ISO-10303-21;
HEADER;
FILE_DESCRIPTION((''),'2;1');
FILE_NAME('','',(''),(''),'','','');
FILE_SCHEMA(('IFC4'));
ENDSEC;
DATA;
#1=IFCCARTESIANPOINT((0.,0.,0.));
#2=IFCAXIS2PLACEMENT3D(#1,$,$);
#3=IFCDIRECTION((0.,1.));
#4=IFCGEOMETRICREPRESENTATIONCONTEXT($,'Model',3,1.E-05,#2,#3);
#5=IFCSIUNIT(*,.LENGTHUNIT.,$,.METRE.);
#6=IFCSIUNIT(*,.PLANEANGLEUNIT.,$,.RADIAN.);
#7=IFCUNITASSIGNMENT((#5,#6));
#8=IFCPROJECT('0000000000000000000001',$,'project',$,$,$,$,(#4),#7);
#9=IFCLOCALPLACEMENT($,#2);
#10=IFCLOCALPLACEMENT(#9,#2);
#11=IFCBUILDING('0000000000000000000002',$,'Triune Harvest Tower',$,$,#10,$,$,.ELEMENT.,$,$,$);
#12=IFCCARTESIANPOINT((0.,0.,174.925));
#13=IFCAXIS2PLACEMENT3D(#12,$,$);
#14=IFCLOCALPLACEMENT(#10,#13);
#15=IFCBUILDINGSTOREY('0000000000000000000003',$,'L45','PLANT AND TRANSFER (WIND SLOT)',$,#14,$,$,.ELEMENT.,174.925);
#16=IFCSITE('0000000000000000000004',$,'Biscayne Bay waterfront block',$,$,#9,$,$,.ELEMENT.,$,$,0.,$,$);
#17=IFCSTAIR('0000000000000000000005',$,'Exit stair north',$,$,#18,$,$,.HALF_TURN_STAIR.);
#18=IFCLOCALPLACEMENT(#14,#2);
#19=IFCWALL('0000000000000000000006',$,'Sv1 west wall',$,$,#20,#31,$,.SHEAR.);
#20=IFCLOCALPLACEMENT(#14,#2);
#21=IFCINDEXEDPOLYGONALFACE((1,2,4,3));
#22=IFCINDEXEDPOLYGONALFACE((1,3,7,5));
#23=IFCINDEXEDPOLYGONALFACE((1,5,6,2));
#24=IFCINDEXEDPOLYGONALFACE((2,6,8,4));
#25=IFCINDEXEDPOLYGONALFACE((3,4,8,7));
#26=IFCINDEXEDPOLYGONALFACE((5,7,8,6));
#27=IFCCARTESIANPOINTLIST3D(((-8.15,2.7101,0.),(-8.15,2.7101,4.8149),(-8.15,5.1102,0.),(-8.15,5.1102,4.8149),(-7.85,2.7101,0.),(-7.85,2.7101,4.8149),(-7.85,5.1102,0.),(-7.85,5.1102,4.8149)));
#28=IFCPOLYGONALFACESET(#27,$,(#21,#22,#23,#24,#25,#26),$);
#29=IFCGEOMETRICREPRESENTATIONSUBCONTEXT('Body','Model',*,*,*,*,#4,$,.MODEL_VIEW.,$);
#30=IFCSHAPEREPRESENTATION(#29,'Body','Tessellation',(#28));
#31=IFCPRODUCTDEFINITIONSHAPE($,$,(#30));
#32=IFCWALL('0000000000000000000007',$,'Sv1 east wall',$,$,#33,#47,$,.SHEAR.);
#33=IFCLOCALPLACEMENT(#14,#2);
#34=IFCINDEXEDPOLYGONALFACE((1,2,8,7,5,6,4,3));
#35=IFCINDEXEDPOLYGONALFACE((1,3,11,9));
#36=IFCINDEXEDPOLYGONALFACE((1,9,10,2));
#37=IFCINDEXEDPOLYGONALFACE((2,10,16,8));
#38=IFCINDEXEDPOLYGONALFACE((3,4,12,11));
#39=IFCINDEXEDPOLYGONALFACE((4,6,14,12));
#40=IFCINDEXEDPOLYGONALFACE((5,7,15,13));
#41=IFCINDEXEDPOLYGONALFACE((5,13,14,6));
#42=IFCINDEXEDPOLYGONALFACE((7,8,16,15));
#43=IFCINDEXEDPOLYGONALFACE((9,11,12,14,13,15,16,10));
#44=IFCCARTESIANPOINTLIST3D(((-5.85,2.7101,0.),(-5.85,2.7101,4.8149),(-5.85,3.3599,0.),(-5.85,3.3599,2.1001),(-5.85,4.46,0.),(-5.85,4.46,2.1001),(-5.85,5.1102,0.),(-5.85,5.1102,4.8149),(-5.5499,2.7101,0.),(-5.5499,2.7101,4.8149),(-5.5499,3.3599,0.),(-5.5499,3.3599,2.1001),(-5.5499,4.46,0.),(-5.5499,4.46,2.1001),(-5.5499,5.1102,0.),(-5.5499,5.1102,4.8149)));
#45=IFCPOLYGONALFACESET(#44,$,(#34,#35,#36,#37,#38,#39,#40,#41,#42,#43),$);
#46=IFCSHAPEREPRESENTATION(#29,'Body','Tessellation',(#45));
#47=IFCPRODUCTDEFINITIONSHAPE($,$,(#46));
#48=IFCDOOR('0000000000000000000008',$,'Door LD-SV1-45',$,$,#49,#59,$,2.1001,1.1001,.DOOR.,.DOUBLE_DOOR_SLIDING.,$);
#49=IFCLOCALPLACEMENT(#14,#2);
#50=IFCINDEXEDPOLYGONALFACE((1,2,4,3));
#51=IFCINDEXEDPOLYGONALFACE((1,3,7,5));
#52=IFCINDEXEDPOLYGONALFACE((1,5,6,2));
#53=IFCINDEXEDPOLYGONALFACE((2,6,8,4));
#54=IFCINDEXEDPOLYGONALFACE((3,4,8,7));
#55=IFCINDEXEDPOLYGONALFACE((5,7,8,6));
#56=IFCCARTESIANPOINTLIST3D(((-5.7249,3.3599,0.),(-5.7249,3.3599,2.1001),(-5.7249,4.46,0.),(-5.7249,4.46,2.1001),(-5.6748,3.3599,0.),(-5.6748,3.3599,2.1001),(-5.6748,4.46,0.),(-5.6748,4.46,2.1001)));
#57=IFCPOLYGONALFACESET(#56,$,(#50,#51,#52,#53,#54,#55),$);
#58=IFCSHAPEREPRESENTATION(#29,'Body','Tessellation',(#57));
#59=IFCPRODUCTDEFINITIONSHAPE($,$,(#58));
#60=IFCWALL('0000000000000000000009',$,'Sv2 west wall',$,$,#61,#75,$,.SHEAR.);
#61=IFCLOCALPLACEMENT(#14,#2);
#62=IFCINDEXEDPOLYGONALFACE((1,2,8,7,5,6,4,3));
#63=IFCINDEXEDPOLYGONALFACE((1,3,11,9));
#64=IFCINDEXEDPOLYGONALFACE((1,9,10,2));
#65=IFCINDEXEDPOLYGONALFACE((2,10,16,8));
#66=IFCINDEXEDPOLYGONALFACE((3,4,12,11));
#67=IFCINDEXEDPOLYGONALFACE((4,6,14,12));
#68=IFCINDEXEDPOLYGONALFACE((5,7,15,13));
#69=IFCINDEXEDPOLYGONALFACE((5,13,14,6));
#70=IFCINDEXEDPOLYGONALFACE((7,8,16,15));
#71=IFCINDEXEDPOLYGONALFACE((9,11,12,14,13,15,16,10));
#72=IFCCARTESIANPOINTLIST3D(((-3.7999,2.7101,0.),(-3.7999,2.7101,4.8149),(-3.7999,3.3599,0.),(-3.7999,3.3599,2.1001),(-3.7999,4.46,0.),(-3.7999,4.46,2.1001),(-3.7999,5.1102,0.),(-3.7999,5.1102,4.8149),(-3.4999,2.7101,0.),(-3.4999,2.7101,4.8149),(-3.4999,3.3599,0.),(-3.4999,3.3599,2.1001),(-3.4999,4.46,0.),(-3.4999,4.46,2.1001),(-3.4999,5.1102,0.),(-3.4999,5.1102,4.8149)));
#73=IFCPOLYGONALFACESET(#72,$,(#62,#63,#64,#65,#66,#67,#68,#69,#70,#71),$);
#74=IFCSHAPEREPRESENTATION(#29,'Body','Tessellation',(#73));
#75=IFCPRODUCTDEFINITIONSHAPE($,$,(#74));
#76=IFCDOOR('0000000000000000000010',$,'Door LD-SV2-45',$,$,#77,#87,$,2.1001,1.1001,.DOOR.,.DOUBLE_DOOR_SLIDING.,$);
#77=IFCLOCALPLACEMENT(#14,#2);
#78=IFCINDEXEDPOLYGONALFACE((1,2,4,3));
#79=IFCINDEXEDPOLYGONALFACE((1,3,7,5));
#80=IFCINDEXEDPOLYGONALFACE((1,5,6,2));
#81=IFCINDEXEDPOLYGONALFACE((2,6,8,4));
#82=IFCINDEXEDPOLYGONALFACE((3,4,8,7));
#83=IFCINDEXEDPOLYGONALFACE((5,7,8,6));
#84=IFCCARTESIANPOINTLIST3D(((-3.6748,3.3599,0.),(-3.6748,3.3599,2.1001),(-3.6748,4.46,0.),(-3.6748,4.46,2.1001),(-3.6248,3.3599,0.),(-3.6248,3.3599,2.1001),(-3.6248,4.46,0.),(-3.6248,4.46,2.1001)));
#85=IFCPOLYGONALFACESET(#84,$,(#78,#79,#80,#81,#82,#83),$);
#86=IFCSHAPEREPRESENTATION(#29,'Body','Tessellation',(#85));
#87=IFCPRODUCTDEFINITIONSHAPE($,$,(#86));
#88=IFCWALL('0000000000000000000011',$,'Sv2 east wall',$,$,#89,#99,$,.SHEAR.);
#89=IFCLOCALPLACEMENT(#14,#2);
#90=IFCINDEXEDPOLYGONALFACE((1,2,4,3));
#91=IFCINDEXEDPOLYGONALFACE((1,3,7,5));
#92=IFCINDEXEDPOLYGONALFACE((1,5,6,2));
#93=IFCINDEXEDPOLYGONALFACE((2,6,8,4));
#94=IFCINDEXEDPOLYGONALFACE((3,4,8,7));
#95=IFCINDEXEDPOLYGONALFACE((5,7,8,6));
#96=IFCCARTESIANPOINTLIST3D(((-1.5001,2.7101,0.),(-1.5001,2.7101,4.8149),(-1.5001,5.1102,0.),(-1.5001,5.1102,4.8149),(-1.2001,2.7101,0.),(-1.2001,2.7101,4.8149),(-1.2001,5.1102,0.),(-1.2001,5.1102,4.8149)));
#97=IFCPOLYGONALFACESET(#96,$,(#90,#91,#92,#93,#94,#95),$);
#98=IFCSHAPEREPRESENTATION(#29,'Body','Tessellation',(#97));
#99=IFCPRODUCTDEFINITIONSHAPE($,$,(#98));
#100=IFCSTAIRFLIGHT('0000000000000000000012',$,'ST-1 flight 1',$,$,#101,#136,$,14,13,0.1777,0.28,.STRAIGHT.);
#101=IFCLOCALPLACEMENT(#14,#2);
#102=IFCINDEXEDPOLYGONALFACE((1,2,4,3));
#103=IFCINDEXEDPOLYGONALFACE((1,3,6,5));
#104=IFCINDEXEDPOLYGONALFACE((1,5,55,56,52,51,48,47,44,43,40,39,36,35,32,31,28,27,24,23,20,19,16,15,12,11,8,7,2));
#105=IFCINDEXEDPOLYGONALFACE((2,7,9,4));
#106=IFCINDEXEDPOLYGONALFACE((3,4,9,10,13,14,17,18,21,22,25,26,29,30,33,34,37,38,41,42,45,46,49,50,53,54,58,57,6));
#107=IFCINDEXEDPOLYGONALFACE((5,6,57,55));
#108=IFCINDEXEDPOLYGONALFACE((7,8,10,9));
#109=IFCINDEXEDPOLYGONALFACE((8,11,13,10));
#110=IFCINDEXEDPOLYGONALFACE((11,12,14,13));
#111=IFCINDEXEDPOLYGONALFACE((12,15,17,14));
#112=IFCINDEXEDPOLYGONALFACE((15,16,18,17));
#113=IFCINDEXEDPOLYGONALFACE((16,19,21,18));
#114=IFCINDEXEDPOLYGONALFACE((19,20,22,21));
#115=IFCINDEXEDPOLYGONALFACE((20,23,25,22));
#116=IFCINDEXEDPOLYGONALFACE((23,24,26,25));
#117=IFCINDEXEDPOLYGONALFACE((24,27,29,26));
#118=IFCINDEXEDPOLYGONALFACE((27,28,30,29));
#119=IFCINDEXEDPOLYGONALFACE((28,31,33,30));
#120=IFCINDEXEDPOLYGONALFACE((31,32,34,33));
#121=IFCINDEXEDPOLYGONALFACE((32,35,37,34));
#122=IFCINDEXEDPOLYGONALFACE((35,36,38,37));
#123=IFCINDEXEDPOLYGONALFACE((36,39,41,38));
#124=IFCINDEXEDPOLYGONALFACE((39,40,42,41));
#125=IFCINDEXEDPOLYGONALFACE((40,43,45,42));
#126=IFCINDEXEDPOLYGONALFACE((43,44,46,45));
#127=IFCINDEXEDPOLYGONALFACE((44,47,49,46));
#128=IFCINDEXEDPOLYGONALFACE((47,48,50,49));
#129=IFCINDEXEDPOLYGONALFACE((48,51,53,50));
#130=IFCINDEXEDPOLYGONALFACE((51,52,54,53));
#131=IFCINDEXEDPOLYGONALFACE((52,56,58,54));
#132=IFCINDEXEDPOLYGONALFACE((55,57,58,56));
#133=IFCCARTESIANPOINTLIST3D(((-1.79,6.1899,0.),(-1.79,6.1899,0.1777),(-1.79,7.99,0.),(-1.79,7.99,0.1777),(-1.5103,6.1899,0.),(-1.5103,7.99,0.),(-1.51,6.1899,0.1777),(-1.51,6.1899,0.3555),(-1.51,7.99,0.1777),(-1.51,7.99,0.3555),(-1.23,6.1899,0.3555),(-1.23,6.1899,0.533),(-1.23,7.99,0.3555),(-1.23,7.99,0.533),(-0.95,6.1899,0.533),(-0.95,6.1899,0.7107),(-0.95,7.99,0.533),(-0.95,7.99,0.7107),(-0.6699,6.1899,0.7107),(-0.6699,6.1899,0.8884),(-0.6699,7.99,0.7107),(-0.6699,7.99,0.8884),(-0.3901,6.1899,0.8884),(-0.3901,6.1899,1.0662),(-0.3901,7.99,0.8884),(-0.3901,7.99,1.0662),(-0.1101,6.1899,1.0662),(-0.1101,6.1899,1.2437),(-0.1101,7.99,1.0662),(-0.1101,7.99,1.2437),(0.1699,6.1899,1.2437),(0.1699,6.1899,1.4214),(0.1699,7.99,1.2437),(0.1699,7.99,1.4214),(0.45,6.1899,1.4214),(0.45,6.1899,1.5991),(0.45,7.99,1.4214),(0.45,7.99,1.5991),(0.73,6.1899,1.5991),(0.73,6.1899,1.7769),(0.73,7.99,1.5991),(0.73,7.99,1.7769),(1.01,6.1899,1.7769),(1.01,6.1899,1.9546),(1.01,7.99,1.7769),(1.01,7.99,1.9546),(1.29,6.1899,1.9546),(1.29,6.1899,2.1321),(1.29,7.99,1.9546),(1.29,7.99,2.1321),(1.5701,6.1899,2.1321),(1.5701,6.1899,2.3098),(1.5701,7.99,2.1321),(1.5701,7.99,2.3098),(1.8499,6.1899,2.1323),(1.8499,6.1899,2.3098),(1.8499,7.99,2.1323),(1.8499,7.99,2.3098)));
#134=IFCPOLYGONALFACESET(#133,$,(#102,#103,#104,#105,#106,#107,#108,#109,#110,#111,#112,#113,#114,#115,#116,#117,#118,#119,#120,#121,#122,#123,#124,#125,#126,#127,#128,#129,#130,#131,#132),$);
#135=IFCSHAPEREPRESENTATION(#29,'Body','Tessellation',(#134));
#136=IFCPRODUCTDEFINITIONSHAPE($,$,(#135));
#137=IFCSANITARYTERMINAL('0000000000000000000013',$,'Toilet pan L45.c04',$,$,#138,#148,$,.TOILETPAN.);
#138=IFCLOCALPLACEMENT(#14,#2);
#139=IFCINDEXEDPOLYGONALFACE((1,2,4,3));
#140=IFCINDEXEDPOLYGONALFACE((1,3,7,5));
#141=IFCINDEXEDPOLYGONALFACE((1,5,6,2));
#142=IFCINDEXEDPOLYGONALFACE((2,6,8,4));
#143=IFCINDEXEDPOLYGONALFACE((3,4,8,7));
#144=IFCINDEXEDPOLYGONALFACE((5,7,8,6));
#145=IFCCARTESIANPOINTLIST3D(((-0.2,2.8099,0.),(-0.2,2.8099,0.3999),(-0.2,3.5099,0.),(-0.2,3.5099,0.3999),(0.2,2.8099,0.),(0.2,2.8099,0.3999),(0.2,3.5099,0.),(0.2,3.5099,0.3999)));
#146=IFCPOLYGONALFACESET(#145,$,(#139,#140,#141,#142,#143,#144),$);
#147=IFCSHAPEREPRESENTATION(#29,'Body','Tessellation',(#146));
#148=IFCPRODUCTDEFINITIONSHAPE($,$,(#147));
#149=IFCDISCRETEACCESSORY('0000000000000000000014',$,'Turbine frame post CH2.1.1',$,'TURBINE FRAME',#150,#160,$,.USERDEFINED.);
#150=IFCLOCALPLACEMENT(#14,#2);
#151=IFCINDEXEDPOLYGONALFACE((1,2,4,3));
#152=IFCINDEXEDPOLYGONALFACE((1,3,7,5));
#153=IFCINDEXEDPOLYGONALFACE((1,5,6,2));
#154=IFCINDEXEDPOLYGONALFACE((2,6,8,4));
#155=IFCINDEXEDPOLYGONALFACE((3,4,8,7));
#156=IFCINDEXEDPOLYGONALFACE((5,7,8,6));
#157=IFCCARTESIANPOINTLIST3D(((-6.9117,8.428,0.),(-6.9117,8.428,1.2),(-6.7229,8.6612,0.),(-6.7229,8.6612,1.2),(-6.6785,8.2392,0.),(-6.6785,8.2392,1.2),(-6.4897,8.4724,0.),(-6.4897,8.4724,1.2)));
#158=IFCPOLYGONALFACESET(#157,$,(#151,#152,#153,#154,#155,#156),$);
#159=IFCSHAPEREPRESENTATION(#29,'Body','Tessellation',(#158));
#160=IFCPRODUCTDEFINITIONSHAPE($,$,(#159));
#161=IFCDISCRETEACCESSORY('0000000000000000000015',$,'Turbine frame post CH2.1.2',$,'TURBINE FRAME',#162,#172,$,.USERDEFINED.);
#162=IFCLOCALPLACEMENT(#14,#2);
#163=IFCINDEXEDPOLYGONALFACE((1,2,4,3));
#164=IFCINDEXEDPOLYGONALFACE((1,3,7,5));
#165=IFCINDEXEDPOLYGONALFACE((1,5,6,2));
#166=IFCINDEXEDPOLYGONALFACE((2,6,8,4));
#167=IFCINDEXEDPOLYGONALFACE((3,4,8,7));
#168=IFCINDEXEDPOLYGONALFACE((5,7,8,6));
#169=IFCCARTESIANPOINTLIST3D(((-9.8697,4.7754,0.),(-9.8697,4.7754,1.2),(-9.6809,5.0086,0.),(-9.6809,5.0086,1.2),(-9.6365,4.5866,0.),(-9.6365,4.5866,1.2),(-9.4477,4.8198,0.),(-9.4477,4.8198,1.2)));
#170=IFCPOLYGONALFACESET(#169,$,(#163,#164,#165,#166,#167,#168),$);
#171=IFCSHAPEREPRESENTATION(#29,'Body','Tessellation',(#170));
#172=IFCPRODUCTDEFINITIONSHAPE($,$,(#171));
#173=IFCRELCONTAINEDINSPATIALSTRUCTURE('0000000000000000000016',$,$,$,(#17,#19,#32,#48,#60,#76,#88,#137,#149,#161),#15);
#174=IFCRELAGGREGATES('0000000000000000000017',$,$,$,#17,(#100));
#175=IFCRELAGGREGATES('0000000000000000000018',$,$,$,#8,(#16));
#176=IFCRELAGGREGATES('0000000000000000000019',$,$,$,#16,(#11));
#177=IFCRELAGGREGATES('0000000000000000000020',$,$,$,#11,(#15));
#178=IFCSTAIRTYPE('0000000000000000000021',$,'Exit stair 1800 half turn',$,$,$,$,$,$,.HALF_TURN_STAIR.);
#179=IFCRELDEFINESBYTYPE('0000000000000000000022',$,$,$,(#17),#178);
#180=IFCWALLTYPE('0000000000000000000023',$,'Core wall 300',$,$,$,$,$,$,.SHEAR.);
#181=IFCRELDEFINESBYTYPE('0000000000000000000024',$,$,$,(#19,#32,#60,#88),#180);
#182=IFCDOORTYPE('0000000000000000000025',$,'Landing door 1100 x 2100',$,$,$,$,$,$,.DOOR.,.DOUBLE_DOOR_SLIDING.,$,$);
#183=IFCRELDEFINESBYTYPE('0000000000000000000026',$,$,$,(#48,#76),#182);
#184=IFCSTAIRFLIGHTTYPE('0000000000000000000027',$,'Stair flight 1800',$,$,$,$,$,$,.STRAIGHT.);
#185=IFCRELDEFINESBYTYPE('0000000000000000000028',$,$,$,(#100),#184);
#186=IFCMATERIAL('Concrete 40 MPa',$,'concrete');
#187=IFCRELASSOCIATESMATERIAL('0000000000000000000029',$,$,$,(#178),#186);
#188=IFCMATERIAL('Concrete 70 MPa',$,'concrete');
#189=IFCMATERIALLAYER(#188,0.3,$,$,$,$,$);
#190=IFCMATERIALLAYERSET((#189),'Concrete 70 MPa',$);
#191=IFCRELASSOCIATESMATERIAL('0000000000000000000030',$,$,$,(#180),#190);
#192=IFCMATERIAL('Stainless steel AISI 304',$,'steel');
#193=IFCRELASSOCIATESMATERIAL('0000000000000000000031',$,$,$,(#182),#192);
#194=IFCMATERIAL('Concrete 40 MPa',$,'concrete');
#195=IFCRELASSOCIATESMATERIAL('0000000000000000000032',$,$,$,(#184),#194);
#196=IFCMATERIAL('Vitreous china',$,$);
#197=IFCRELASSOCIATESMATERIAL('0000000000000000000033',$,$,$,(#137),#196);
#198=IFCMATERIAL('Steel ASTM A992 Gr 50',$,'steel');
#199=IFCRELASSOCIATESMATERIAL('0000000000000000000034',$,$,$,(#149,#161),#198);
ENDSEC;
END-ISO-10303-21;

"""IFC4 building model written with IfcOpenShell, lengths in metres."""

from ifc_helpers import new_model, si_unit, direction, frame, frame_2d, origin, origin_2d, place, context, subcontext, project, spatial, polyline, rectangle, outline, extrude, source, transform, mapped, material, layer, layer_set, type_object, element, fill, aggregate, save


model = new_model("IFC4")

# Units and contexts
model_context = context("Model", 3, precision=1e-05, world=origin(), true_north=direction((0.0, 1.0)))
body_context = subcontext(model_context, "Body", "Model", "MODEL_VIEW")
ifc_project = project(units=[si_unit("LENGTHUNIT", "METRE"), si_unit("PLANEANGLEUNIT", "RADIAN")], contexts=[model_context])

# Site, building, storey
site_placement = place(None, origin())
site = spatial("IfcSite", under=ifc_project, at=site_placement, Name="Biscayne Bay waterfront block", CompositionType="ELEMENT", RefElevation=0.0)
building_placement = place(site_placement, origin())
building = spatial("IfcBuilding", under=site, at=building_placement, Name="Triune Harvest Tower", CompositionType="ELEMENT")
storey_placement = place(building_placement, frame((0.0, 0.0, 174.925)))
storey = spatial("IfcBuildingStorey", under=building, at=storey_placement, Name="L45", Description="PLANT AND TRANSFER (WIND SLOT)", CompositionType="ELEMENT", Elevation=174.925)

# Stair
ifc_material_1 = material(Name="Concrete 40 MPa", Category="concrete")
stair_type = type_object("IfcStairType", Name="Exit stair 1800 half turn", PredefinedType="HALF_TURN_STAIR", material=ifc_material_1)
stair_1_placement = place(storey_placement, origin())
stair_1 = element("IfcStair", 1, at=stair_1_placement, inside=storey, type_object=stair_type, Name="Exit stair north", PredefinedType="HALF_TURN_STAIR")

# Shared definitions
ifc_material_2 = material(Name="Concrete 70 MPa", Category="concrete")
ifc_layer_1 = layer(ifc_material_2, 0.3)
ifc_layer_set_1 = layer_set([ifc_layer_1], Name="Concrete 70 MPa")
wall_type_1 = type_object("IfcWallType", Name="Core wall 300", PredefinedType="SHEAR", material=ifc_layer_set_1)

# Wall
shared_shape_1 = source(origin(), body_context, "Body", "SweptSolid", [
    extrude(rectangle(XDim=2.4001, YDim=0.3, at=frame_2d((1.2002, 0.0))), origin(), (0.0, 0.0, 1.0), 4.8149),
])
wall_1_placement = place(storey_placement, frame((-8.0, 2.71, 0.0), z_axis=(0.0, 0.0, 1.0), x_axis=(0.0, 1.0, 0.0)))
element("IfcWall", 2, at=wall_1_placement, inside=storey, type_object=wall_type_1, Name="Sv1 west wall", PredefinedType="SHEAR", context=body_context, shape_type="MappedRepresentation", body=[
    mapped(shared_shape_1, transform((0.0, 0.0, 0.0), scale=1.0)),
])

# Walls, openings, doors
wall_2_placement = place(storey_placement, frame((-5.7, 2.71, 0.0), z_axis=(0.0, 0.0, 1.0), x_axis=(0.0, 1.0, 0.0)))
wall_2 = element("IfcWall", 3, at=wall_2_placement, inside=storey, type_object=wall_type_1, Name="Sv1 east wall", PredefinedType="SHEAR", context=body_context, shape_type="MappedRepresentation", body=[
    mapped(shared_shape_1, transform((0.0, 0.0, 0.0), scale=1.0)),
])
opening_1_placement = place(wall_2_placement, frame((0.6499, 0.0, 0.0)))
opening_1 = element("IfcOpeningElement", 4, at=opening_1_placement, cuts=wall_2, PredefinedType="OPENING", context=body_context, shape_type="SweptSolid", body=[
    extrude(rectangle(XDim=1.1001, YDim=2.1001, at=frame_2d((0.55, 1.05))), frame((0.0, 0.1602, 0.0), z_axis=(0.0, -1.0, 0.0), x_axis=(1.0, 0.0, 0.0)), (0.0, 0.0, 1.0), 0.3201),
])
ifc_material_3 = material(Name="Stainless steel AISI 304", Category="steel")
door_type_1 = type_object("IfcDoorType", Name="Landing door 1100 x 2100", OperationType="DOUBLE_DOOR_SLIDING", PredefinedType="DOOR", material=ifc_material_3)
door_1_placement = place(opening_1_placement, origin())
door_1 = element("IfcDoor", 5, at=door_1_placement, inside=storey, type_object=door_type_1, Name="Door LD-SV1-45", OperationType="DOUBLE_DOOR_SLIDING", OverallHeight=2.1001, OverallWidth=1.1001, PredefinedType="DOOR", context=body_context, shape_type="SweptSolid", body=[
    extrude(rectangle(XDim=1.1001, YDim=2.1001, at=frame_2d((0.55, 1.05))), frame((0.0, 0.0249, 0.0), z_axis=(0.0, -1.0, 0.0), x_axis=(1.0, 0.0, 0.0)), (0.0, 0.0, 1.0), 0.05),
])
fill(opening_1, door_1)
wall_3_placement = place(storey_placement, frame((-3.6499, 2.71, 0.0), z_axis=(0.0, 0.0, 1.0), x_axis=(0.0, 1.0, 0.0)))
wall_3 = element("IfcWall", 6, at=wall_3_placement, inside=storey, type_object=wall_type_1, Name="Sv2 west wall", PredefinedType="SHEAR", context=body_context, shape_type="MappedRepresentation", body=[
    mapped(shared_shape_1, transform((0.0, 0.0, 0.0), scale=1.0)),
])
opening_2_placement = place(wall_3_placement, frame((0.6499, 0.0, 0.0)))
opening_2 = element("IfcOpeningElement", 7, at=opening_2_placement, cuts=wall_3, PredefinedType="OPENING", context=body_context, shape_type="SweptSolid", body=[
    extrude(rectangle(XDim=1.1001, YDim=2.1001, at=frame_2d((0.55, 1.05))), frame((0.0, 0.1602, 0.0), z_axis=(0.0, -1.0, 0.0), x_axis=(1.0, 0.0, 0.0)), (0.0, 0.0, 1.0), 0.3201),
])
door_2_placement = place(opening_2_placement, origin())
door_2 = element("IfcDoor", 8, at=door_2_placement, inside=storey, type_object=door_type_1, Name="Door LD-SV2-45", OperationType="DOUBLE_DOOR_SLIDING", OverallHeight=2.1001, OverallWidth=1.1001, PredefinedType="DOOR", context=body_context, shape_type="SweptSolid", body=[
    extrude(rectangle(XDim=1.1001, YDim=2.1001, at=frame_2d((0.55, 1.05))), frame((0.0, 0.0249, 0.0), z_axis=(0.0, -1.0, 0.0), x_axis=(1.0, 0.0, 0.0)), (0.0, 0.0, 1.0), 0.05),
])
fill(opening_2, door_2)

# Wall
wall_4_placement = place(storey_placement, frame((-1.3501, 2.71, 0.0), z_axis=(0.0, 0.0, 1.0), x_axis=(0.0, 1.0, 0.0)))
element("IfcWall", 9, at=wall_4_placement, inside=storey, type_object=wall_type_1, Name="Sv2 east wall", PredefinedType="SHEAR", context=body_context, shape_type="MappedRepresentation", body=[
    mapped(shared_shape_1, transform((0.0, 0.0, 0.0), scale=1.0)),
])

# Stair flight
ifc_material_4 = material(Name="Concrete 40 MPa", Category="concrete")
stair_flight_type = type_object("IfcStairFlightType", Name="Stair flight 1800", PredefinedType="STRAIGHT", material=ifc_material_4)
shared_shape_2 = source(origin(), body_context, "Body", "SweptSolid", [
    extrude(outline(polyline([(0.0, 0.0), (0.0, 0.1777), (0.28, 0.1777), (0.28, 0.3555), (0.5601, 0.3555), (0.5601, 0.533), (0.8401, 0.533), (0.8401, 0.7107), (1.1201, 0.7107), (1.1201, 0.8884), (1.3999, 0.8884), (1.3999, 1.0662), (1.6799, 1.0662), (1.6799, 1.2437), (1.96, 1.2437), (1.96, 1.4214), (2.24, 1.4214), (2.24, 1.5991), (2.52, 1.5991), (2.52, 1.7769), (2.8, 1.7769), (2.8, 1.9546), (3.0801, 1.9546), (3.0801, 2.1321), (3.3601, 2.1321), (3.3601, 2.3098), (3.6399, 2.3098), (3.6399, 2.4875), (3.6399, 2.1323), (0.2798, 0.0), (0.0, 0.0)])), frame((0.0, 0.8999, 0.0), z_axis=(0.0, -1.0, 0.0), x_axis=(1.0, 0.0, 0.0)), (0.0, 0.0, 1.0), 1.8),
])
stair_flight_placement = place(storey_placement, frame((-1.79, 7.0901, 0.0), z_axis=(0.0, 0.0, 1.0), x_axis=(1.0, 0.0, 0.0)))
stair_flight = element("IfcStairFlight", 10, at=stair_flight_placement, type_object=stair_flight_type, Name="ST-1 flight 1", NumberOfRisers=14, NumberOfTreads=13, PredefinedType="STRAIGHT", RiserHeight=0.1777, TreadLength=0.28, context=body_context, shape_type="MappedRepresentation", body=[
    mapped(shared_shape_2, transform((0.0, 0.0, 0.0), scale=1.0)),
])
aggregate(stair_1, [stair_flight])

# Sanitary terminal
ifc_material_5 = material(Name="Vitreous china")
shared_shape_3 = source(origin(), body_context, "Body", "SweptSolid", [
    extrude(rectangle(XDim=0.3999, YDim=0.7, at=origin_2d()), origin(), (0.0, 0.0, 1.0), 0.3999),
])
sanitary_terminal_placement = place(storey_placement, frame((0.0, 3.1599, 0.0), z_axis=(0.0, 0.0, 1.0), x_axis=(-1.0, 0.0, 0.0)))
element("IfcSanitaryTerminal", 11, at=sanitary_terminal_placement, inside=storey, material=ifc_material_5, Name="Toilet pan L45.c04", PredefinedType="TOILETPAN", context=body_context, shape_type="MappedRepresentation", body=[
    mapped(shared_shape_3, transform((0.0, 0.0, 0.0), scale=1.0)),
])

# Discrete accessories
ifc_material_6 = material(Name="Steel ASTM A992 Gr 50", Category="steel")
shared_shape_4 = source(origin(), body_context, "Body", "SweptSolid", [
    extrude(rectangle(XDim=0.3, YDim=0.3, at=origin_2d()), origin(), (0.0, 0.0, 1.0), 1.2),
])
for number, where, z_axis, x_axis, name in (
    (12, (-6.7007, 8.4502, 0.0), (0.0, 0.0, 1.0), (-0.777146, 0.62932, 0.0), "Turbine frame post CH2.1.1"),
    (13, (-9.6587, 4.7976, 0.0), (0.0, 0.0, 1.0), (-0.777146, 0.62932, 0.0), "Turbine frame post CH2.1.2"),
):
    element("IfcDiscreteAccessory", number, at=place(storey_placement, frame(where, z_axis=z_axis, x_axis=x_axis)), inside=storey, material=ifc_material_6, Name=name, ObjectType="TURBINE FRAME", PredefinedType="USERDEFINED", context=body_context, shape_type="MappedRepresentation", body=[
        mapped(shared_shape_4, transform((0.0, 0.0, 0.0), scale=1.0)),
    ])

save(model, "model.ifc")
